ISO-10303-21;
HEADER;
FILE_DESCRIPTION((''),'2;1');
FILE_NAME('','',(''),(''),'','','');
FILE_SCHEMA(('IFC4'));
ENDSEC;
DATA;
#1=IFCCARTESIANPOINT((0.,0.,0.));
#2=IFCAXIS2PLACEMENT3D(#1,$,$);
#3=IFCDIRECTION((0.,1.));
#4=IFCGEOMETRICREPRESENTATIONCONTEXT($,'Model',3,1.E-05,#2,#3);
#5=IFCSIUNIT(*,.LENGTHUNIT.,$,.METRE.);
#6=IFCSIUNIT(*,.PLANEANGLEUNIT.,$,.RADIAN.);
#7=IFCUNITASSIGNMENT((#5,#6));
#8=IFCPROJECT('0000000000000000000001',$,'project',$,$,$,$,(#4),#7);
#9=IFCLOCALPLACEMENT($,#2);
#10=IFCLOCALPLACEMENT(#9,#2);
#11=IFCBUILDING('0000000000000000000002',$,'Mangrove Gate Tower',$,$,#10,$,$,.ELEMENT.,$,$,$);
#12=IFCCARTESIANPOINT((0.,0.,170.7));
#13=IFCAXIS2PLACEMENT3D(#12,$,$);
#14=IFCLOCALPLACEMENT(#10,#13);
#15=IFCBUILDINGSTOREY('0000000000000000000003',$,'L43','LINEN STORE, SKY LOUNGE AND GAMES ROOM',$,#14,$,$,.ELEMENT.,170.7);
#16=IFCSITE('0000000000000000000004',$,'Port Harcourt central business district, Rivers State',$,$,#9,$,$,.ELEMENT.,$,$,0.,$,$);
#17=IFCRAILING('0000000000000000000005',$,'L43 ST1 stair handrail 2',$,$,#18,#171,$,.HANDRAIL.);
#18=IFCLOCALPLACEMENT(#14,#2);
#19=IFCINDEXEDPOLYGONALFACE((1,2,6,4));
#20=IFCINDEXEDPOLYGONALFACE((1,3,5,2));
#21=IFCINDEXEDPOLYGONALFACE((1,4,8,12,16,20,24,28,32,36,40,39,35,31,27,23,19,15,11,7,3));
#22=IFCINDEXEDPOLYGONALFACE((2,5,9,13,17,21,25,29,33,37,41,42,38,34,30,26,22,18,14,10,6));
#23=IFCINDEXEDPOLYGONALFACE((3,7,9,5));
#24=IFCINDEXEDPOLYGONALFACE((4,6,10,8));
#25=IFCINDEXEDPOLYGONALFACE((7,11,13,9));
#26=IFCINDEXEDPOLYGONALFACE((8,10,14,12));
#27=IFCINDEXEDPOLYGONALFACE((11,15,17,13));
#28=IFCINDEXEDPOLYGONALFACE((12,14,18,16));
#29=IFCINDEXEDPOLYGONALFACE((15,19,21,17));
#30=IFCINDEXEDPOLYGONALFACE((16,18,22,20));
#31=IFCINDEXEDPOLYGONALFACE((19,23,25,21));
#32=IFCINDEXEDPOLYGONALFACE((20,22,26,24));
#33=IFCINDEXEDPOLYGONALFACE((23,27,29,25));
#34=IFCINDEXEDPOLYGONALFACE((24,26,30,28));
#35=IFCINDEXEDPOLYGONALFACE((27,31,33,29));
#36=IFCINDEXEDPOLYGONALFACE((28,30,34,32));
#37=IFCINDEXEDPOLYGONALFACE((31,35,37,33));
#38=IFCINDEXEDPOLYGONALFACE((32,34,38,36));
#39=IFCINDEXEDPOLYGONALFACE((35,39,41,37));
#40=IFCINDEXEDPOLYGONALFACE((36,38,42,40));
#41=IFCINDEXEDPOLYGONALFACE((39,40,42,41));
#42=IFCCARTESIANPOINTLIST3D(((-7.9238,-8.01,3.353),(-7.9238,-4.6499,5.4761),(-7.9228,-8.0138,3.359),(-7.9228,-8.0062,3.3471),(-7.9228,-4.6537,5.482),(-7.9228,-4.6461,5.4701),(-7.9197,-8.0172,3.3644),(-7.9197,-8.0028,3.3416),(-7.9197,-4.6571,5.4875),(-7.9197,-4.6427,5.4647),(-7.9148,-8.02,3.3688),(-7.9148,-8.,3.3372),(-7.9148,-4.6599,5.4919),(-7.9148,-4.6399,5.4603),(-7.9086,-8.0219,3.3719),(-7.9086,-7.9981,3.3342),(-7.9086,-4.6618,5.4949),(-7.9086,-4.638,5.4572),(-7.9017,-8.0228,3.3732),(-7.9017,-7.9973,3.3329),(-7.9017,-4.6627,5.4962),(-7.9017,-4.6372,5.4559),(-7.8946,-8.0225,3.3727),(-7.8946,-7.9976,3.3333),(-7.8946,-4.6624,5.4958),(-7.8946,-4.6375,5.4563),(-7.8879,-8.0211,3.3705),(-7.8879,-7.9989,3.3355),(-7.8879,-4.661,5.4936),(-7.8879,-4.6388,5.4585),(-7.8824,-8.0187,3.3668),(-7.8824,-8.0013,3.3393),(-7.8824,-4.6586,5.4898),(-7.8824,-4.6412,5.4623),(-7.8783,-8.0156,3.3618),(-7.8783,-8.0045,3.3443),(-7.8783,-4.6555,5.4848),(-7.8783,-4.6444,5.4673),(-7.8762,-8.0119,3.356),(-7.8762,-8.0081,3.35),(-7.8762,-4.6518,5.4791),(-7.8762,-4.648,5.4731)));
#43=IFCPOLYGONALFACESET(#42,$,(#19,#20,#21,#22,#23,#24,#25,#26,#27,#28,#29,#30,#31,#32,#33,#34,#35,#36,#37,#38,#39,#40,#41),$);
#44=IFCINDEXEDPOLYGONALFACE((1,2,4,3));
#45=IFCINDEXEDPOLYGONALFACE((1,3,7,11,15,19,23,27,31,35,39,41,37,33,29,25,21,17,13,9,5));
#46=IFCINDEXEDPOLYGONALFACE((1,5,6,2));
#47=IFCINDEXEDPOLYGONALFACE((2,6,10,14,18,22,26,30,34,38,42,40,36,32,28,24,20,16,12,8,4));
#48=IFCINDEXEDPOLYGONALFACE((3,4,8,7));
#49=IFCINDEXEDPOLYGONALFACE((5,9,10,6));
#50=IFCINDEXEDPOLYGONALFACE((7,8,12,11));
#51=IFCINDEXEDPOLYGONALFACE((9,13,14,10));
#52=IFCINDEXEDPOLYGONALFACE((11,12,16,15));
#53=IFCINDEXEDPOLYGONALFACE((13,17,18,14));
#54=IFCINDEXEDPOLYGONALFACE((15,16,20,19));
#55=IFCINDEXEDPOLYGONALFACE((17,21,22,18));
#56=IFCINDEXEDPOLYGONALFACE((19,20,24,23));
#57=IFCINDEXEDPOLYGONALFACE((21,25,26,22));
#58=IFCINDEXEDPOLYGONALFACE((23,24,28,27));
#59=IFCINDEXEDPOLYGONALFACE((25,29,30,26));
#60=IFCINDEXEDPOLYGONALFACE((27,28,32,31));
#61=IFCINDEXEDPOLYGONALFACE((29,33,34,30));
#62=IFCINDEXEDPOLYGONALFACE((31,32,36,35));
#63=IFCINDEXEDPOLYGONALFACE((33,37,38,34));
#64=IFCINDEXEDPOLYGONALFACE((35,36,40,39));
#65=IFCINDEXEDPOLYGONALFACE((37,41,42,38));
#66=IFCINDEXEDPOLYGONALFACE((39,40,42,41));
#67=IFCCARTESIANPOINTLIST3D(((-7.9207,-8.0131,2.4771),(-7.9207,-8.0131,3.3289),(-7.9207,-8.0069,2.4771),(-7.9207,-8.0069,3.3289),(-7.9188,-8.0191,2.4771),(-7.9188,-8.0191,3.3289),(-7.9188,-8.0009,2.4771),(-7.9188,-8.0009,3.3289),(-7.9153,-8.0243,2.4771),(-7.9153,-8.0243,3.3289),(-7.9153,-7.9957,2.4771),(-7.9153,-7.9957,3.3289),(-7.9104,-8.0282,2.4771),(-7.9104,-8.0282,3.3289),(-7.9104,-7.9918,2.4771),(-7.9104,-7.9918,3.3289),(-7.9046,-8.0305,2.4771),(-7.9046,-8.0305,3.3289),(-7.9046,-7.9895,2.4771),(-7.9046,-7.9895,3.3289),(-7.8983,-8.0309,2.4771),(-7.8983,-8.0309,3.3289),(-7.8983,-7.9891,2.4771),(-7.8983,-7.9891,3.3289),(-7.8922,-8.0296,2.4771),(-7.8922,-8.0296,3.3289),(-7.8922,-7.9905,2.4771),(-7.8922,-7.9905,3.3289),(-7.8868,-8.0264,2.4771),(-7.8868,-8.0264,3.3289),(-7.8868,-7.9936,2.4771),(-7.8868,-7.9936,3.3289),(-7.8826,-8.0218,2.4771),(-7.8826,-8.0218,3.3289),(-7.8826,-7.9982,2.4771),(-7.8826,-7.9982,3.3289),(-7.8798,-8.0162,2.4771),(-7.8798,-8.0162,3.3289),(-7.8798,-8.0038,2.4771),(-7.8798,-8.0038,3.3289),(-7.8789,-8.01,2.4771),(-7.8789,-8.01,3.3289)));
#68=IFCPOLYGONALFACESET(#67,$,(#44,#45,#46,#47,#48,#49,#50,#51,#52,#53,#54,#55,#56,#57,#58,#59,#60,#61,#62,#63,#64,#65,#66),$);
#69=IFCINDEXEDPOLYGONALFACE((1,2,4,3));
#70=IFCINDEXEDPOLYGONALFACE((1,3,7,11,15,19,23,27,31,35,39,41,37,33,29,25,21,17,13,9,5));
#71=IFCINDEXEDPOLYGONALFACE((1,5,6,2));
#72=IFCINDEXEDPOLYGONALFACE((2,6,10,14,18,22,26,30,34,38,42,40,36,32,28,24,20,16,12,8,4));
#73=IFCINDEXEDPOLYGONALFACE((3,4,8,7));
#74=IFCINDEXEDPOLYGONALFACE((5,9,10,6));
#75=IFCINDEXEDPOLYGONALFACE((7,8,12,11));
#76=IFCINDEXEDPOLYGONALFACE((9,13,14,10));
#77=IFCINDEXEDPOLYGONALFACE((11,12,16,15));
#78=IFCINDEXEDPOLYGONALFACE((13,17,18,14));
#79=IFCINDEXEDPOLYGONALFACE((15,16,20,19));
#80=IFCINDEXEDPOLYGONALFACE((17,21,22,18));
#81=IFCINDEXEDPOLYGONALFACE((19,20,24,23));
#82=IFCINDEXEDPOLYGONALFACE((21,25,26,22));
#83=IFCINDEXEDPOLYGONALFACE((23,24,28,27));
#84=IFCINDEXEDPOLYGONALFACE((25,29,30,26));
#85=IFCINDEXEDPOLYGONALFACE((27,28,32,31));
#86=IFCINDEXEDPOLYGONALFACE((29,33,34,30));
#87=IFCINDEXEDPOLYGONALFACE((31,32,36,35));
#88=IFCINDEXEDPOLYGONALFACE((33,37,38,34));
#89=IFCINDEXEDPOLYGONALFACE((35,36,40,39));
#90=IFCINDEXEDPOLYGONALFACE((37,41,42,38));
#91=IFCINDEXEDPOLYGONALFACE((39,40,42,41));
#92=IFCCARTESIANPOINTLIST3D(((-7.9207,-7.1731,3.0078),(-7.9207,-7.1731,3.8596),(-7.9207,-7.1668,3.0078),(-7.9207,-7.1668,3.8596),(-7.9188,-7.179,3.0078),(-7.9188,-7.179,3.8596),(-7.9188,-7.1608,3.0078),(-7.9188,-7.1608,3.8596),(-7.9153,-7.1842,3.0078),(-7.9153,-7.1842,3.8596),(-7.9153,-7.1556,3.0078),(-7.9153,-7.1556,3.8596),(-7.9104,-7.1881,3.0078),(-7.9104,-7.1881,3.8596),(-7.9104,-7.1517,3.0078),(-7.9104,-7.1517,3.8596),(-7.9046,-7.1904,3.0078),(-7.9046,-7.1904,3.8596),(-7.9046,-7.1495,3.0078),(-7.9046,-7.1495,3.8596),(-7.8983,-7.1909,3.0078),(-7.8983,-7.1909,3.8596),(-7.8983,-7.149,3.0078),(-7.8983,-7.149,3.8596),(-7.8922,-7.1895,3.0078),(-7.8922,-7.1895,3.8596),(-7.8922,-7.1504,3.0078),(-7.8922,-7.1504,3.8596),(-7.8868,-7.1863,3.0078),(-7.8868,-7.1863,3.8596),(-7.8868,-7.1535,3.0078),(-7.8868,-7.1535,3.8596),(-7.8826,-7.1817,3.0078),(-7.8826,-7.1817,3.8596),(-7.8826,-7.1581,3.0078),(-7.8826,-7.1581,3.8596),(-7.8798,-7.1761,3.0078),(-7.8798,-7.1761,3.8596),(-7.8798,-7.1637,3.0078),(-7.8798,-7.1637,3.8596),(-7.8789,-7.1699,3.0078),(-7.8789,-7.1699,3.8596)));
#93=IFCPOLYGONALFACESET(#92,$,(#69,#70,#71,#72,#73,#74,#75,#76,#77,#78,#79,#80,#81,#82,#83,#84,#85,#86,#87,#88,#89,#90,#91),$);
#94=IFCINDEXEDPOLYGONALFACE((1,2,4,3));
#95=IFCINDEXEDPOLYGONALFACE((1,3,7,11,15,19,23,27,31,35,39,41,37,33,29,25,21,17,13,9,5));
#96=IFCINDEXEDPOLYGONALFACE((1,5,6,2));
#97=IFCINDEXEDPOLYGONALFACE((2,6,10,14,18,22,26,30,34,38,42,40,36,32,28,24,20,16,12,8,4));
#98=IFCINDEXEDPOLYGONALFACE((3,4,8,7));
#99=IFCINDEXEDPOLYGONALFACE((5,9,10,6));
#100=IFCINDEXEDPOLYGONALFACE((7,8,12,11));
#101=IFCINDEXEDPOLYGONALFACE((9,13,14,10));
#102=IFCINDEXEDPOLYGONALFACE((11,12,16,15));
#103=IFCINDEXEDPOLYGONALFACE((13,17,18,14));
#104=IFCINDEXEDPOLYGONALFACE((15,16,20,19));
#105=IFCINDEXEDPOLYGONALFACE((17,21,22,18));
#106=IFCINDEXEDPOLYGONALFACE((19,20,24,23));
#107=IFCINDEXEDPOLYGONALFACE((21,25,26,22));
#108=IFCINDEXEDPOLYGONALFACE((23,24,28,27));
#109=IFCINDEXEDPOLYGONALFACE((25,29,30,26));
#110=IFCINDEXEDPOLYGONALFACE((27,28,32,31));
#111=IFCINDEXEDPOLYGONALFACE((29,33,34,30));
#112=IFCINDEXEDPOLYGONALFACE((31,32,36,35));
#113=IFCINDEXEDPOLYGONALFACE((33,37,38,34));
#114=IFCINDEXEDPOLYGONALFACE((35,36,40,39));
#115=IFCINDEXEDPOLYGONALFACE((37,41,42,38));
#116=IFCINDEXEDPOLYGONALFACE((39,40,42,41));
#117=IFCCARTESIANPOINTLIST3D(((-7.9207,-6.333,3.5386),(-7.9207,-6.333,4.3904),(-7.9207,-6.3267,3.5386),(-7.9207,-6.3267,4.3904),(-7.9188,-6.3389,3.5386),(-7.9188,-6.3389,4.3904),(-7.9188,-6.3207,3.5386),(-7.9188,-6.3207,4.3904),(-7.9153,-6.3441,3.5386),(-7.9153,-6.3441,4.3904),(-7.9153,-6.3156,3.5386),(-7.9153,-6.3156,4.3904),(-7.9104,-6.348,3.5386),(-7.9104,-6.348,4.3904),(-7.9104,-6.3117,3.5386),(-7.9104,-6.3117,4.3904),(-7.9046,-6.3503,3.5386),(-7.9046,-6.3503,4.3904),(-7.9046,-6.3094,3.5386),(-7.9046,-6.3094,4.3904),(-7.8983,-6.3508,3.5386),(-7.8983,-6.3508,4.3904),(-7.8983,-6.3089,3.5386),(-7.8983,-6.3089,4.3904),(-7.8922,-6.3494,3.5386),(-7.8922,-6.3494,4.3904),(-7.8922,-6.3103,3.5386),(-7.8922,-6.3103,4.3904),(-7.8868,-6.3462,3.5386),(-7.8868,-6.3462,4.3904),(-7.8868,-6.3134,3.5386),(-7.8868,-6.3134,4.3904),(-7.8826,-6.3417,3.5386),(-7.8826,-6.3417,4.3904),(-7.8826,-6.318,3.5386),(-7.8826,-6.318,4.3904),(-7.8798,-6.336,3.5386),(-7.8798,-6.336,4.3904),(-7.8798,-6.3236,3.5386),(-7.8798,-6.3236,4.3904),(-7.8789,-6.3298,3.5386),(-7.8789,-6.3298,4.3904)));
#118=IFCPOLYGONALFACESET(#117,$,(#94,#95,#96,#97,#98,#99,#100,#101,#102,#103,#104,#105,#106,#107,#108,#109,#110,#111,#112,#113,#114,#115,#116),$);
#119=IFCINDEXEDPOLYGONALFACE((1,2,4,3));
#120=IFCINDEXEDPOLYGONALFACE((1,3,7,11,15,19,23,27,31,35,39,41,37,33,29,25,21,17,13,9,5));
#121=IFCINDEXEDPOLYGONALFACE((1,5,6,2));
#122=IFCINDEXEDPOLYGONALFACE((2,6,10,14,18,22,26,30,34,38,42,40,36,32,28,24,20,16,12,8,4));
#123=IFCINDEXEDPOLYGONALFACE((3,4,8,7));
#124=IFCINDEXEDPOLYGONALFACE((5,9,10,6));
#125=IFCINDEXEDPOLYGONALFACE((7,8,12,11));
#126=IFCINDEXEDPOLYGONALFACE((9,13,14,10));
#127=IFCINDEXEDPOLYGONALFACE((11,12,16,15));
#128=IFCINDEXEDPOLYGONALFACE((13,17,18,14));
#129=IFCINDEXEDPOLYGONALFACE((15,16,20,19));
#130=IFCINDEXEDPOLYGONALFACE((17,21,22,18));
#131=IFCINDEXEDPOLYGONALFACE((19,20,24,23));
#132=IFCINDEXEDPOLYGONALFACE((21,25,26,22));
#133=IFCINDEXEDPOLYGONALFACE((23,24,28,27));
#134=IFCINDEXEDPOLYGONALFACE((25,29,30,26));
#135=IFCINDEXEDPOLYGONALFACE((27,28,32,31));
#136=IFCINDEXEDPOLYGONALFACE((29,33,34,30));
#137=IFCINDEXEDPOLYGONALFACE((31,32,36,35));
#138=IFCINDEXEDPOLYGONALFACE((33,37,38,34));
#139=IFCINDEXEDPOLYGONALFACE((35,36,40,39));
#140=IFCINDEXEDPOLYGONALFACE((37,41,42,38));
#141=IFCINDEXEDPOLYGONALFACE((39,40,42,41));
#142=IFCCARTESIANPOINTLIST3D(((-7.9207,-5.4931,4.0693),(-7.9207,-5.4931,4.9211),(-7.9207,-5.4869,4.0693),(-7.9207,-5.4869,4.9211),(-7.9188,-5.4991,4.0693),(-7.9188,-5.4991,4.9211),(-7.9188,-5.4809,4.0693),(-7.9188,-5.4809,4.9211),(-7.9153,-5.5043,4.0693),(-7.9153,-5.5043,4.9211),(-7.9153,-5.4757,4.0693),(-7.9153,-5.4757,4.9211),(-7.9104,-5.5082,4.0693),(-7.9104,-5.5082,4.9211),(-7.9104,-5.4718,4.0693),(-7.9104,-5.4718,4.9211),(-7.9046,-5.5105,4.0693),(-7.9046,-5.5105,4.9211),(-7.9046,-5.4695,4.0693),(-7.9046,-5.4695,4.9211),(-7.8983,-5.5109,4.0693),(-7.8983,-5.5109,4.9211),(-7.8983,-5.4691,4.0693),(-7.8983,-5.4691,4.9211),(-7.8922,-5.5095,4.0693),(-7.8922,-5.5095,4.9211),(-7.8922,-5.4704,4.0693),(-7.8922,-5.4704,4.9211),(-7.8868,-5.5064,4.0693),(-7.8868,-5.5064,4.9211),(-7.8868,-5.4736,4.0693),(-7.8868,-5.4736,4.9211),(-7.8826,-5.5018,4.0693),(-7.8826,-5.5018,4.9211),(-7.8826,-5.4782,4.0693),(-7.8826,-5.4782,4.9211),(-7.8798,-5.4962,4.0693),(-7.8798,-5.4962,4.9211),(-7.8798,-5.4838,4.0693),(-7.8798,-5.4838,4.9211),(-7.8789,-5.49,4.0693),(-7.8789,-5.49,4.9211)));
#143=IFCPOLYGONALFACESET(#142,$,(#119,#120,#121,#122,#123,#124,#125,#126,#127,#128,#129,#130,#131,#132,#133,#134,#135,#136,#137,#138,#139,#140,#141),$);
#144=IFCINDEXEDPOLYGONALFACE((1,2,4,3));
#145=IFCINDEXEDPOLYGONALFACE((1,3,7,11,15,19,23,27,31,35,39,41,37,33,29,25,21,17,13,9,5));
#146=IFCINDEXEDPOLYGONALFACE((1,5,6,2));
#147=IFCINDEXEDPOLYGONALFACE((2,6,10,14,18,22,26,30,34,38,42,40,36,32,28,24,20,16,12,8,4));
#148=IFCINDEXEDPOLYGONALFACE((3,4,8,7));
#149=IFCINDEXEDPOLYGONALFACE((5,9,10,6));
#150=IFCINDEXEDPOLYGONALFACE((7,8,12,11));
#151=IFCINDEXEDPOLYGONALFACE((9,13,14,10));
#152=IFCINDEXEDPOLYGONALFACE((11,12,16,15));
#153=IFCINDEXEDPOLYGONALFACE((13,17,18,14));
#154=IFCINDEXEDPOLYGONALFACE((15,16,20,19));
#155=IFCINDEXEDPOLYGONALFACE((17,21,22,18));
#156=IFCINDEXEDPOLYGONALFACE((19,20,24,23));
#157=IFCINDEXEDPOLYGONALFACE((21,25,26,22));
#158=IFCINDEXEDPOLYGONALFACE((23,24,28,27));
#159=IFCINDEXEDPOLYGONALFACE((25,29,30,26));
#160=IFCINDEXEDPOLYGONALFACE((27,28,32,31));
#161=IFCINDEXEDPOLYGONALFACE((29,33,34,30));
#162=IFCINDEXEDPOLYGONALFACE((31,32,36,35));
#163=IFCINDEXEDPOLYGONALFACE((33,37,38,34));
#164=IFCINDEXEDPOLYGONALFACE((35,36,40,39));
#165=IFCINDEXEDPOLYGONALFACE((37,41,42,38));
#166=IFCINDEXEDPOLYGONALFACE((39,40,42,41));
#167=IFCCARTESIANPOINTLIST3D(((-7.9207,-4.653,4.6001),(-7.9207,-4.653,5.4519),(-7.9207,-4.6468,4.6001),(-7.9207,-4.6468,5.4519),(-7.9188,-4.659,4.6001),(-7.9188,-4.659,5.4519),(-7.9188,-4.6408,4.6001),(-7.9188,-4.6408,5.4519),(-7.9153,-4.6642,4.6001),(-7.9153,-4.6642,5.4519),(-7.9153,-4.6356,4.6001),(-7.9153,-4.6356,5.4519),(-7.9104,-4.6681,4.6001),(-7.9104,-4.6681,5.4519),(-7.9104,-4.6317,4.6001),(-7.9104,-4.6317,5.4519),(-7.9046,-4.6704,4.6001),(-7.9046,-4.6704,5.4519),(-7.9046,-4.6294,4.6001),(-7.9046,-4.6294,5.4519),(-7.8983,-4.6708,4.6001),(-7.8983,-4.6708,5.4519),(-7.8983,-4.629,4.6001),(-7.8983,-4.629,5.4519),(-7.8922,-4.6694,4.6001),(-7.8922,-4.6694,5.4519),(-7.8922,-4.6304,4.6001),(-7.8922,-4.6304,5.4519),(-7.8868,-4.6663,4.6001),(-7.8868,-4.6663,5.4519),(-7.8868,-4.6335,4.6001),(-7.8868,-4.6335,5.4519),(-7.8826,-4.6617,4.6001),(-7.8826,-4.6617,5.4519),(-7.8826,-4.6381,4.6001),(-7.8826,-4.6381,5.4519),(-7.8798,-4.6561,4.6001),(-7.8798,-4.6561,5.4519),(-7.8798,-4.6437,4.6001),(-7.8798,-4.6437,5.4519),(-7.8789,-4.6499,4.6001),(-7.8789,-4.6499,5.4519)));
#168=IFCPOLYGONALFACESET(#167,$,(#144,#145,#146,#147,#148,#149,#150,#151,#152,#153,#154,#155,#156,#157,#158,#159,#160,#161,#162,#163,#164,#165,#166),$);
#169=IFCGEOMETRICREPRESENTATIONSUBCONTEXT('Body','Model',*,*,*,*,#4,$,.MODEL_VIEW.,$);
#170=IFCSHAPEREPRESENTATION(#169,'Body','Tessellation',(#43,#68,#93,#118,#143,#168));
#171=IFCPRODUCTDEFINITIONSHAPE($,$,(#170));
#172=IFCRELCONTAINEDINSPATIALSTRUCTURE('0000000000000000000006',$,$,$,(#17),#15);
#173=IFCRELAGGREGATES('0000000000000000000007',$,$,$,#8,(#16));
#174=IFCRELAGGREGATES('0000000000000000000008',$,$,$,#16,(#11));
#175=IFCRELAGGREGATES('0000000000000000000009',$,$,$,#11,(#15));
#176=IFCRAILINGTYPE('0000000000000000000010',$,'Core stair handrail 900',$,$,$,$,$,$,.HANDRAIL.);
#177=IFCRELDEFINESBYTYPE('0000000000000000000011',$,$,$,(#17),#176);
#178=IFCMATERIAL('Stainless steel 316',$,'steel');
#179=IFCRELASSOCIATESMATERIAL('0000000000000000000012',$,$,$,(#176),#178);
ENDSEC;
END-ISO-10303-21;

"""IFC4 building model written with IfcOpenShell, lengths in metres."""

from ifc_helpers import new_model, si_unit, direction, frame, origin, origin_2d, place, context, subcontext, project, spatial, circle, extrude, material, type_object, element, save


model = new_model("IFC4")

# Units and contexts
model_context = context("Model", 3, precision=1e-05, world=origin(), true_north=direction((0.0, 1.0)))
body_context = subcontext(model_context, "Body", "Model", "MODEL_VIEW")
ifc_project = project(units=[si_unit("LENGTHUNIT", "METRE"), si_unit("PLANEANGLEUNIT", "RADIAN")], contexts=[model_context])

# Site, building, storey
site_placement = place(None, origin())
site = spatial("IfcSite", under=ifc_project, at=site_placement, Name="Port Harcourt central business district, Rivers State", CompositionType="ELEMENT", RefElevation=0.0)
building_placement = place(site_placement, origin())
building = spatial("IfcBuilding", under=site, at=building_placement, Name="Mangrove Gate Tower", CompositionType="ELEMENT")
storey_placement = place(building_placement, frame((0.0, 0.0, 170.7)))
storey = spatial("IfcBuildingStorey", under=building, at=storey_placement, Name="L43", Description="LINEN STORE, SKY LOUNGE AND GAMES ROOM", CompositionType="ELEMENT", Elevation=170.7)

# Railing
ifc_material_1 = material(Name="Stainless steel 316", Category="steel")
railing_type_1 = type_object("IfcRailingType", Name="Core stair handrail 900", PredefinedType="HANDRAIL", material=ifc_material_1)
railing_1_placement = place(storey_placement, frame((-7.8999, -8.01, 2.4771)))
element("IfcRailing", 1, at=railing_1_placement, inside=storey, type_object=railing_type_1, Name="L43 ST1 stair handrail 2", PredefinedType="HANDRAIL", context=body_context, shape_type="SweptSolid", body=[
    extrude(circle(Radius=0.0239, at=origin_2d()), frame((0.0, 0.0, 0.876), z_axis=(0.0, 0.84539, 0.53415), x_axis=(-1.0, 0.0, 0.0)), (0.0, 0.0, 1.0), 3.9746),
    extrude(circle(Radius=0.021, at=origin_2d()), origin(), (0.0, 0.0, 1.0), 0.8518),
    extrude(circle(Radius=0.021, at=origin_2d()), frame((0.0, 0.8401, 0.5308)), (0.0, 0.0, 1.0), 0.8518),
    extrude(circle(Radius=0.021, at=origin_2d()), frame((0.0, 1.6802, 1.0615)), (0.0, 0.0, 1.0), 0.8518),
    extrude(circle(Radius=0.021, at=origin_2d()), frame((0.0, 2.52, 1.5923)), (0.0, 0.0, 1.0), 0.8518),
    extrude(circle(Radius=0.021, at=origin_2d()), frame((0.0, 3.3601, 2.123)), (0.0, 0.0, 1.0), 0.8518),
])

save(model, "model.ifc")
